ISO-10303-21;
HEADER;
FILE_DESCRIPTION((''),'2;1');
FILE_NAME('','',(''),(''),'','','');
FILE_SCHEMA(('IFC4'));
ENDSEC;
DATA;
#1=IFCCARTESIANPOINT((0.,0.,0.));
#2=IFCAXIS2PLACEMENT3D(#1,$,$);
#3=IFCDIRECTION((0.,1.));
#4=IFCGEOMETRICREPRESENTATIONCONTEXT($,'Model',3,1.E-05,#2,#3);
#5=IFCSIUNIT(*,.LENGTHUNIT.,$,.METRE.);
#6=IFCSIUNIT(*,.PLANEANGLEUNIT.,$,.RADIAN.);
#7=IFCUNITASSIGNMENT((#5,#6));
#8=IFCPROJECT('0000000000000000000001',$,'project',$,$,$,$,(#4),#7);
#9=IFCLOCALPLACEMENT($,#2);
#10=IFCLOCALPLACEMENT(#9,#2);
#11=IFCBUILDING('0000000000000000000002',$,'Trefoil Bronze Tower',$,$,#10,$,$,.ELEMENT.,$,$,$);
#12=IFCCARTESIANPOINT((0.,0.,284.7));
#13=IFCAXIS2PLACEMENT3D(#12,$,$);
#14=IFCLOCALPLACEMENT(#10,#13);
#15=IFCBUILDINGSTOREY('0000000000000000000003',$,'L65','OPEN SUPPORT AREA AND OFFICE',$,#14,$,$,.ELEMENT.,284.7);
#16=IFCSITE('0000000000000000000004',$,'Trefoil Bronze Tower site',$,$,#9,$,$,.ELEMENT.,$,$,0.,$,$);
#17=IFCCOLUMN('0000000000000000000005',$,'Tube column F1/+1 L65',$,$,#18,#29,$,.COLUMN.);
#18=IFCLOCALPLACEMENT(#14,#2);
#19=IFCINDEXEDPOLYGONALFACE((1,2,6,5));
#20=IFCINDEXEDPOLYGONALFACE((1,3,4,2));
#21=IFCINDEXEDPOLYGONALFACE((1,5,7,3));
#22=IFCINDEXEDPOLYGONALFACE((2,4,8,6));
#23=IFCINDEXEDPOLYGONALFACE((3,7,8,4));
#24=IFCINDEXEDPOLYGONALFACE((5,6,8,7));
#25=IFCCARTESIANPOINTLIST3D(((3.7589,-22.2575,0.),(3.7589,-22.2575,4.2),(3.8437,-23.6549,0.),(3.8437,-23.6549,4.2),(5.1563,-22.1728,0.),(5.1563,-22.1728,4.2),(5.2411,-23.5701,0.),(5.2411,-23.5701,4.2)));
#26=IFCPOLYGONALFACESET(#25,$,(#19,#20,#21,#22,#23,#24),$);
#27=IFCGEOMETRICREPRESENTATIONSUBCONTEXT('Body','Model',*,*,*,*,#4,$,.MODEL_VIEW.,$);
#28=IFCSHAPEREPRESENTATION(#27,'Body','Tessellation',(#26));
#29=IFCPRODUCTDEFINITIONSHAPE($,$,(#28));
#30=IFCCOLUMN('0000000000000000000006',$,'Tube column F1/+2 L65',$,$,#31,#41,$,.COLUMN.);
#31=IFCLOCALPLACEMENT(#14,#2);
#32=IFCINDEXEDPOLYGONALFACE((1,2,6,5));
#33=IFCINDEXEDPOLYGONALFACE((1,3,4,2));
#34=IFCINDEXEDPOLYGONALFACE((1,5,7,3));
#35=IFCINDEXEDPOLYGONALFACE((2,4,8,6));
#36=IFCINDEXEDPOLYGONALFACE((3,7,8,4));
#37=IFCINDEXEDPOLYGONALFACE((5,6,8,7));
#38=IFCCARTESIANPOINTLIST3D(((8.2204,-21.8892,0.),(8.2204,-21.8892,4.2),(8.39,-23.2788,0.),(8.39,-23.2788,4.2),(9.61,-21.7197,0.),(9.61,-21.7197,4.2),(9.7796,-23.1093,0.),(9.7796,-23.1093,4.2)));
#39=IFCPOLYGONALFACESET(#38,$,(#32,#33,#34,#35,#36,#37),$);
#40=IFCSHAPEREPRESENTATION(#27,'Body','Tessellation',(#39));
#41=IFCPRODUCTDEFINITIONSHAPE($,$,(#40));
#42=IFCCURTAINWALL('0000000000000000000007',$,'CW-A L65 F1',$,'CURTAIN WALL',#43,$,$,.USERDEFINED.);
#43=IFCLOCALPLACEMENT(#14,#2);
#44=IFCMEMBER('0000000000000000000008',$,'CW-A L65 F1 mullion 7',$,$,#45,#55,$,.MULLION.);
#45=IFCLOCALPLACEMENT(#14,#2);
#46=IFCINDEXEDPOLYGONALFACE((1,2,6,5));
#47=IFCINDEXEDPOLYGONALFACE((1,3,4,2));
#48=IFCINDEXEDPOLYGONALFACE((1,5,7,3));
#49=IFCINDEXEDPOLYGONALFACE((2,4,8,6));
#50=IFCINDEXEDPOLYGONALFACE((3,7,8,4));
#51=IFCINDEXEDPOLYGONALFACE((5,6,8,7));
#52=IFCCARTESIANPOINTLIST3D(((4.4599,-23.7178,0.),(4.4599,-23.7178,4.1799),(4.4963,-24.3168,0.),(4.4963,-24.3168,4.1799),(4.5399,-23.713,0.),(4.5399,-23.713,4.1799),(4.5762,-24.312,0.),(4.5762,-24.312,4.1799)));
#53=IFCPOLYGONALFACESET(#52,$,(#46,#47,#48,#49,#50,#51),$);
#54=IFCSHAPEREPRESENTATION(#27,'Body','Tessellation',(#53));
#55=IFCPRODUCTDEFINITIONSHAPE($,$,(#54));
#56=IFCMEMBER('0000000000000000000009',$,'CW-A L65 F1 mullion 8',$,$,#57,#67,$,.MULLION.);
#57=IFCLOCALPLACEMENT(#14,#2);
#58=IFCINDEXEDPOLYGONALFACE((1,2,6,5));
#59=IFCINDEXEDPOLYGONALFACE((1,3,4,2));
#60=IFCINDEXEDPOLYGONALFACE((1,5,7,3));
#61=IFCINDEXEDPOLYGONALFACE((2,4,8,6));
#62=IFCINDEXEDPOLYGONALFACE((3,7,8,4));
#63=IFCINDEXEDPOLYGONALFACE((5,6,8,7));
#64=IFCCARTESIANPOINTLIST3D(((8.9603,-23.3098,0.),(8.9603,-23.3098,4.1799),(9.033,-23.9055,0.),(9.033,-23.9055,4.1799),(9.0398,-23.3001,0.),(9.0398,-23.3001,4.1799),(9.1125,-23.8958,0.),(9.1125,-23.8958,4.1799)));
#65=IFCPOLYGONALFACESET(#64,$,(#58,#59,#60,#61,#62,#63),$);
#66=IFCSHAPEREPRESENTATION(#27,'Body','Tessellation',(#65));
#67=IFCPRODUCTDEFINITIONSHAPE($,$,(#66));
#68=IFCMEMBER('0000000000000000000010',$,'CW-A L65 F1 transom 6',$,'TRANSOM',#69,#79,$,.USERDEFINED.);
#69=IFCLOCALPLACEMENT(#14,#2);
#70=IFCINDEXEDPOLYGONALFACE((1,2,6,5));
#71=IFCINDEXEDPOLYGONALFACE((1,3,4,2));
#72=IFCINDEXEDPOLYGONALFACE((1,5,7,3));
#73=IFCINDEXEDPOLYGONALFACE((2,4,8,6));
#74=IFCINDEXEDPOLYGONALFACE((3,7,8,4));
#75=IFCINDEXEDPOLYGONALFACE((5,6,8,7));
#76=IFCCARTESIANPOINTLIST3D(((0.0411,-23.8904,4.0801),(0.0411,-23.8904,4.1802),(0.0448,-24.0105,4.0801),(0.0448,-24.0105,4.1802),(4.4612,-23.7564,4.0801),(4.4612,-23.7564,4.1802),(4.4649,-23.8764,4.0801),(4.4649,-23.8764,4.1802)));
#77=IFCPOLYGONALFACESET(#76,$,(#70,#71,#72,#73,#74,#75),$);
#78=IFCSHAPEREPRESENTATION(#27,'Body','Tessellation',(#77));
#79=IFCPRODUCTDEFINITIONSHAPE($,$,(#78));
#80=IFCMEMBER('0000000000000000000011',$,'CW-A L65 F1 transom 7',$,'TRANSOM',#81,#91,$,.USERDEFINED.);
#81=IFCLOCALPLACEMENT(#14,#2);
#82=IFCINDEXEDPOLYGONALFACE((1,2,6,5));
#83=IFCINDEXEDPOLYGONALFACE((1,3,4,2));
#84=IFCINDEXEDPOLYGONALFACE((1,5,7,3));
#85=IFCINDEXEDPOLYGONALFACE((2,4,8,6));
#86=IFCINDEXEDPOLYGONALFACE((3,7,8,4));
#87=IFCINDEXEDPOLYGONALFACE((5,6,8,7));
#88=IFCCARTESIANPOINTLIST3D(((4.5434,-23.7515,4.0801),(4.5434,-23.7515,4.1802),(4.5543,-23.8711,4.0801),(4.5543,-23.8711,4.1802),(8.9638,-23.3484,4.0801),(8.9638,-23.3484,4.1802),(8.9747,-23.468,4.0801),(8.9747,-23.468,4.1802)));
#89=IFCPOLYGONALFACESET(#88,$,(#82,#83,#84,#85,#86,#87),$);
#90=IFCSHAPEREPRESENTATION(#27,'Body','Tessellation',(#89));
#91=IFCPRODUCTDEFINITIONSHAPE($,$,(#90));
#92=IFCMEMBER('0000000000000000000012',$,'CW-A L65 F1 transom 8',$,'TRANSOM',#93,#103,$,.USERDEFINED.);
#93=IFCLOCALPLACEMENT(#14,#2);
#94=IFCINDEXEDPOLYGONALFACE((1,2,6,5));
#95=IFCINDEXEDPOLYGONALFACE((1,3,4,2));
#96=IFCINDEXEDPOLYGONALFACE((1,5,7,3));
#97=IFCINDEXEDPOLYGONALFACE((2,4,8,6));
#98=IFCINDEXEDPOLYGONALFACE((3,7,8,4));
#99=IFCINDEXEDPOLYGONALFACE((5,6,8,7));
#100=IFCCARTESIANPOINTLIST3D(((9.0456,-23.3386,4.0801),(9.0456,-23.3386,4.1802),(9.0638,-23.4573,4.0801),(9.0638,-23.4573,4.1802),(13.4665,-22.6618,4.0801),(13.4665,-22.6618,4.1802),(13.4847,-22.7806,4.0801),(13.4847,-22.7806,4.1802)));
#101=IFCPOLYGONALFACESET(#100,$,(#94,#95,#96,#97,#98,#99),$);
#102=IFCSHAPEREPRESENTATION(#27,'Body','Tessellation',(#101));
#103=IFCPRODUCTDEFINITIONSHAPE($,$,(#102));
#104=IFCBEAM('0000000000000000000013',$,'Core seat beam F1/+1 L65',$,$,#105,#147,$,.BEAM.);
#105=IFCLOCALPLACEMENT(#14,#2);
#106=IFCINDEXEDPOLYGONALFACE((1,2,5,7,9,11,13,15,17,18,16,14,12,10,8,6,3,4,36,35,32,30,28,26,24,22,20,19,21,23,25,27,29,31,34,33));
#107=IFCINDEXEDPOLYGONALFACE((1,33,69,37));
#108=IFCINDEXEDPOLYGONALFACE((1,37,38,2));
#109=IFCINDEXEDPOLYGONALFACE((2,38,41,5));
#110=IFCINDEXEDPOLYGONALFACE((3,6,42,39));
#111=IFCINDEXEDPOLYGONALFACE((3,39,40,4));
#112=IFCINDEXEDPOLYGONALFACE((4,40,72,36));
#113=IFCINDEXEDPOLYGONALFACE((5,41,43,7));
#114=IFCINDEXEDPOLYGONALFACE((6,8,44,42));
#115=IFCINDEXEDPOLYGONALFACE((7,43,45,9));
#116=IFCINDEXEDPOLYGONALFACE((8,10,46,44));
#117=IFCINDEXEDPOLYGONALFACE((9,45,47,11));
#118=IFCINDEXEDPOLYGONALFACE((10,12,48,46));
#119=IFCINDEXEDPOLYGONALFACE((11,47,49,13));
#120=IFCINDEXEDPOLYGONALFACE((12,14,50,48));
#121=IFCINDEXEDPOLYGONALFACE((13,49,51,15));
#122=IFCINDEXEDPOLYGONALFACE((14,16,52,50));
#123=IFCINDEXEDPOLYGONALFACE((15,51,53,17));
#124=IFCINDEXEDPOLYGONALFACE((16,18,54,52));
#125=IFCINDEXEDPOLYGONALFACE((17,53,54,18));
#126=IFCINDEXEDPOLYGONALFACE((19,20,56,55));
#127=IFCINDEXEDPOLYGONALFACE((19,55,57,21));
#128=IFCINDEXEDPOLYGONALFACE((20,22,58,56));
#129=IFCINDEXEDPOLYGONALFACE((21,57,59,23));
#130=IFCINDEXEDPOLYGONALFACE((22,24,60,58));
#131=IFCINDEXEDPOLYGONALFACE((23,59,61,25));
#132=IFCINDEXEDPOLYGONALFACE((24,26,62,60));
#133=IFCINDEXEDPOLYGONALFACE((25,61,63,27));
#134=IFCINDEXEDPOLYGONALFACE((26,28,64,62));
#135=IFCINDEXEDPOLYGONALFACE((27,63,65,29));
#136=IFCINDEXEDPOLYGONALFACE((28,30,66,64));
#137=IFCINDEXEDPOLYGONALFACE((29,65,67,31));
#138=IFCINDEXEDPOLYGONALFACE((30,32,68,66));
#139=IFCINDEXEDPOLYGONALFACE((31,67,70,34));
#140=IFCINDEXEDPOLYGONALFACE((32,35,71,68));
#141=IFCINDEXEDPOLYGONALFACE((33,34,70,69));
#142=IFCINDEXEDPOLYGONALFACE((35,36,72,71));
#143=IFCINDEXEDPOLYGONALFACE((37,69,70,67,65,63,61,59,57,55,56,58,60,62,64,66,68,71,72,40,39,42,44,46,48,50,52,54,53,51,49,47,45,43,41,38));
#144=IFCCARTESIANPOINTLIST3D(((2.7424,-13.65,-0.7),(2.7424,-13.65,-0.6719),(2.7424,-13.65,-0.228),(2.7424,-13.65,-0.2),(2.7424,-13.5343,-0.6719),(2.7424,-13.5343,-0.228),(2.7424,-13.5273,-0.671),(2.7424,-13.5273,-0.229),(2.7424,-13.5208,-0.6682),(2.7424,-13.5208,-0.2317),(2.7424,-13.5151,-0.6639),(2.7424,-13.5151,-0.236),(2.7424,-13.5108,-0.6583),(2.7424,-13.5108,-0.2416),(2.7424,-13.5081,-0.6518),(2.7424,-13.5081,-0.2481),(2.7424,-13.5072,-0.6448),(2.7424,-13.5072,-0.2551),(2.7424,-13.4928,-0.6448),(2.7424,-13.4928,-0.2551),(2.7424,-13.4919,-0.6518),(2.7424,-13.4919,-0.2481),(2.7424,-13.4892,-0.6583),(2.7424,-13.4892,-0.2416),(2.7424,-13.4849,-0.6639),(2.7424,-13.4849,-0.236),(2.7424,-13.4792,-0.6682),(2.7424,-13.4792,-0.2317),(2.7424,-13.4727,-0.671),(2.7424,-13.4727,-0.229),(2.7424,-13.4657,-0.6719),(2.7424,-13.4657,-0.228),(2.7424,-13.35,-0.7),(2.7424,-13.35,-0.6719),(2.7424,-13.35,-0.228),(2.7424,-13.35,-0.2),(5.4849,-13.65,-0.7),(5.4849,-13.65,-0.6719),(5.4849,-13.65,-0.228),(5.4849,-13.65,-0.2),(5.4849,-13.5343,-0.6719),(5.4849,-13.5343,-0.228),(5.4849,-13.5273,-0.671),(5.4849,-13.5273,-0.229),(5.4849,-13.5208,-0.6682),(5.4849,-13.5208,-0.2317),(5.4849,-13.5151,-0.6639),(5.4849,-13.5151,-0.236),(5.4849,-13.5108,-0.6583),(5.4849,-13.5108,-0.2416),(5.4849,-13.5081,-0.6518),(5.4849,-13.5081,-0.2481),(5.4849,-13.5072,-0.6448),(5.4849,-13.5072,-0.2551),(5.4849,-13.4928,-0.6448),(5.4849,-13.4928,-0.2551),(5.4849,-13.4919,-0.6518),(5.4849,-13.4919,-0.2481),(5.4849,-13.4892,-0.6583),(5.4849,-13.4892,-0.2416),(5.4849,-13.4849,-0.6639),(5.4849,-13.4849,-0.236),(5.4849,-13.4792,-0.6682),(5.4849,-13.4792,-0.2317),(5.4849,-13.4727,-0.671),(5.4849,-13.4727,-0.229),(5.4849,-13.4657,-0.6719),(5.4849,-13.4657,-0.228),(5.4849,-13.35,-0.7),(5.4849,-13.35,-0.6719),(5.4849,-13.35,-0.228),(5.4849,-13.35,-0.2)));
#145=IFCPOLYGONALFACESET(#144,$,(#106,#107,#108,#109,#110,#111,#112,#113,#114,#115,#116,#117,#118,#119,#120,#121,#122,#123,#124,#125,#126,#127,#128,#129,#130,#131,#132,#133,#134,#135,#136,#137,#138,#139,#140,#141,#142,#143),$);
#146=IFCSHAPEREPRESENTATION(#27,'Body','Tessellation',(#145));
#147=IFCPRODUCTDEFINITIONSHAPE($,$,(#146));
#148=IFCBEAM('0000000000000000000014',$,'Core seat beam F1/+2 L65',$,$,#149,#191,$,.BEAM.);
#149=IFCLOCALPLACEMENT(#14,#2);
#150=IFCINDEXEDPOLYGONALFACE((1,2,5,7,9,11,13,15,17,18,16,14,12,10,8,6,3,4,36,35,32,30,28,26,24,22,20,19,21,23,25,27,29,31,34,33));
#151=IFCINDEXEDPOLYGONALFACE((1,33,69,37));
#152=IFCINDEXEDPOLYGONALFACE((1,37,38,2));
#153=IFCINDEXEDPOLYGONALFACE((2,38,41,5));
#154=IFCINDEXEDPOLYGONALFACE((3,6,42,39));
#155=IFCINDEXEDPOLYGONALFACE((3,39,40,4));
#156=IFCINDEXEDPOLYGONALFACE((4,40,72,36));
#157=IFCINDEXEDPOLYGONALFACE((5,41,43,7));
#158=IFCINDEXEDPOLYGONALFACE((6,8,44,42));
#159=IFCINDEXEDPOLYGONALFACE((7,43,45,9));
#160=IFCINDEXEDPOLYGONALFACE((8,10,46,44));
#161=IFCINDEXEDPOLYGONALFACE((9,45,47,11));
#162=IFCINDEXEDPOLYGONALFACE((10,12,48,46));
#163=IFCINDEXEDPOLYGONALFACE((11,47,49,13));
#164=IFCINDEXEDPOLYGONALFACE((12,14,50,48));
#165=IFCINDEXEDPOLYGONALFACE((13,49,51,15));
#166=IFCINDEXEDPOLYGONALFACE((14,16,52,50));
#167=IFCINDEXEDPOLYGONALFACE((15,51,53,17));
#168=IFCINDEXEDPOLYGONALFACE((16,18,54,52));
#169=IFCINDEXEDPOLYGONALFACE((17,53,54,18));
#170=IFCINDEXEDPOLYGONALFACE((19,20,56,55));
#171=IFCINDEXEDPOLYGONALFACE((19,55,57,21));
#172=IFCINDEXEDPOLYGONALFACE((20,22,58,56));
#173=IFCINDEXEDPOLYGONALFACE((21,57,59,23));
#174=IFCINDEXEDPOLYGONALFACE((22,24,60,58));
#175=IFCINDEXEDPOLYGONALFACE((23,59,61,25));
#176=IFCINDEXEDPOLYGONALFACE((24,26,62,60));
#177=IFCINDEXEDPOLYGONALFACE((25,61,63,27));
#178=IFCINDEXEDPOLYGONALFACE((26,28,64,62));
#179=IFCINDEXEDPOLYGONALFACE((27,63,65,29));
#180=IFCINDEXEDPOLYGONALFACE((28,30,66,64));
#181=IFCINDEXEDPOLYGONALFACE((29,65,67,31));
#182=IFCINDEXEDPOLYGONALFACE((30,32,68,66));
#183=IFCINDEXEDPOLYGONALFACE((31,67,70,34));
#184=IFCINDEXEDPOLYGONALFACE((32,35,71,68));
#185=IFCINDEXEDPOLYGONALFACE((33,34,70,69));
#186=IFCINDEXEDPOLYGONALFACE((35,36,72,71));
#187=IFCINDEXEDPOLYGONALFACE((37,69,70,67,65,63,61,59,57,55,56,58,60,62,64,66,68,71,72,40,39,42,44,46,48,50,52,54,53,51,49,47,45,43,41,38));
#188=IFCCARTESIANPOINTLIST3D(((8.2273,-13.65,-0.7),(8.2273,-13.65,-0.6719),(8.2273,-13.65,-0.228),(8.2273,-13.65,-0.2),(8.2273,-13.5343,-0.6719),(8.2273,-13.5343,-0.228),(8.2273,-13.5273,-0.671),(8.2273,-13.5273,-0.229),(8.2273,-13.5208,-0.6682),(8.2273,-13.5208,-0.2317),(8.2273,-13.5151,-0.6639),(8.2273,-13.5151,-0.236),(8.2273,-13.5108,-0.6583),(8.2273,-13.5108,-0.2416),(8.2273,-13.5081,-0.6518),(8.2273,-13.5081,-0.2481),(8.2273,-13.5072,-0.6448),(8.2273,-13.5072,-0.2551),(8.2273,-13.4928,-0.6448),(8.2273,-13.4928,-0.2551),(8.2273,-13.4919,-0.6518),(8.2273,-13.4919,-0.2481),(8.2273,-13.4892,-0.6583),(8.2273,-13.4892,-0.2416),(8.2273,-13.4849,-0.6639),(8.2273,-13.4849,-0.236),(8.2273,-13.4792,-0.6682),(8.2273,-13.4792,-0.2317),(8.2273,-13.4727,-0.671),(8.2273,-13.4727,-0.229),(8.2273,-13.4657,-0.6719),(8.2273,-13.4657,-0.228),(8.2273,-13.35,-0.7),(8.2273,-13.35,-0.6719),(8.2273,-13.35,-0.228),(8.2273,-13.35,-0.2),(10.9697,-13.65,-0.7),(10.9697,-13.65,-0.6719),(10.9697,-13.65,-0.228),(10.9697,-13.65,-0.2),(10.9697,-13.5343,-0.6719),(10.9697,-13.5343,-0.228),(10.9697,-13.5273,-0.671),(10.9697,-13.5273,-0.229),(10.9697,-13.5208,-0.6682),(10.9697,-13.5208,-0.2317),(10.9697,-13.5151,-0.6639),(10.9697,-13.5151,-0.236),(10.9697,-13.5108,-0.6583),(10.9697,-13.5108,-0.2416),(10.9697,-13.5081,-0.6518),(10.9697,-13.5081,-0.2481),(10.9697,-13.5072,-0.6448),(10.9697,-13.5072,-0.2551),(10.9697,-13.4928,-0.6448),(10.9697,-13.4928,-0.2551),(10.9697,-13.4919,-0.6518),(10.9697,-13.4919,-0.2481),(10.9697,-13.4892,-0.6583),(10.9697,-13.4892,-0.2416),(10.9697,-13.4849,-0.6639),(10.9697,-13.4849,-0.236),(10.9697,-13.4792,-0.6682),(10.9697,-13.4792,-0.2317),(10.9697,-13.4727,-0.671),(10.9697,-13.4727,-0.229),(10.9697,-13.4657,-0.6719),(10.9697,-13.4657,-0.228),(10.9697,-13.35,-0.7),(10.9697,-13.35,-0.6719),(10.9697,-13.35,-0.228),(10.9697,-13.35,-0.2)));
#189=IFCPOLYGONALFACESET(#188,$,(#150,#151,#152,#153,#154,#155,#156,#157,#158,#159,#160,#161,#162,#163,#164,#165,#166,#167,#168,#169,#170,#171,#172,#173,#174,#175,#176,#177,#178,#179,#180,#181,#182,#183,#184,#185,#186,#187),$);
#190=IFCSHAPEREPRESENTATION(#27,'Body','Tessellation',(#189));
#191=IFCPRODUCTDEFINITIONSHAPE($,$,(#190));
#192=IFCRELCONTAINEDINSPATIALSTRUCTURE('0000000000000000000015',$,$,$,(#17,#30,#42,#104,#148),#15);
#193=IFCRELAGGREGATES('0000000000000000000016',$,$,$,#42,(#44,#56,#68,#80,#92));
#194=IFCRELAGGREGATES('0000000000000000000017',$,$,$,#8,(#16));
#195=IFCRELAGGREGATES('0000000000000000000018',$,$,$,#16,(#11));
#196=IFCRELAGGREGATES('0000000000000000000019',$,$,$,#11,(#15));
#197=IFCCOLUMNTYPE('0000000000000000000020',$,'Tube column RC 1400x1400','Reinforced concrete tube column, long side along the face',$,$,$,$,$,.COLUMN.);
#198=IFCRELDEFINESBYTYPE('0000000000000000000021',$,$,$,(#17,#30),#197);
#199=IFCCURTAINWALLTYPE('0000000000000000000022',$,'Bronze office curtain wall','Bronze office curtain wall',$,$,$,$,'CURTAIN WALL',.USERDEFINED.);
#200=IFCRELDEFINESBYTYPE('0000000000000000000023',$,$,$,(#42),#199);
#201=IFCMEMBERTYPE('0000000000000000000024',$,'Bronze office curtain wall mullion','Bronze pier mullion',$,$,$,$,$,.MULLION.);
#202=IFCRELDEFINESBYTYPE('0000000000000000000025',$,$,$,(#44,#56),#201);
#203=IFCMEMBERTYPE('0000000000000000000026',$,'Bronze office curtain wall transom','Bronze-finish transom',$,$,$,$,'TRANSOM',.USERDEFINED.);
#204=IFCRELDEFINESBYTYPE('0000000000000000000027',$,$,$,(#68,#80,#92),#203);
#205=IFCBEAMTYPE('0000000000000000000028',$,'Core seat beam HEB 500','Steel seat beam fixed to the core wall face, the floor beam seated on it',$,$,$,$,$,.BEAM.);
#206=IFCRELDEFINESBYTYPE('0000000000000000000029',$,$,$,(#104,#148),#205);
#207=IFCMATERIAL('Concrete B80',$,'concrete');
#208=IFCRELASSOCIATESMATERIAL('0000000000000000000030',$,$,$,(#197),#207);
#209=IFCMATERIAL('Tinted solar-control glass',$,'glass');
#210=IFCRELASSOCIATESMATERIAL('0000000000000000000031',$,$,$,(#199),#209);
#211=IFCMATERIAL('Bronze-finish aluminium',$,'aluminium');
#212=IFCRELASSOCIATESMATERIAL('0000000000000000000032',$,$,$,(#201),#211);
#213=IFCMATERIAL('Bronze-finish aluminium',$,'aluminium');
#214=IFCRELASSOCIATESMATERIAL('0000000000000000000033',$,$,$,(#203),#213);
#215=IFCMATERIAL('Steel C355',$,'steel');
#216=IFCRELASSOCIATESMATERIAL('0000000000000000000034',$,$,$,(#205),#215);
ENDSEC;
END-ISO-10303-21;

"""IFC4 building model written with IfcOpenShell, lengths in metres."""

from ifc_helpers import new_model, si_unit, direction, frame, origin, origin_2d, place, context, subcontext, project, spatial, rectangle, i_section, extrude, material, material_profile, profile_set, type_object, element, aggregate, save


model = new_model("IFC4")

# Units and contexts
model_context = context("Model", 3, precision=1e-05, world=origin(), true_north=direction((0.0, 1.0)))
body_context = subcontext(model_context, "Body", "Model", "MODEL_VIEW")
ifc_project = project(units=[si_unit("LENGTHUNIT", "METRE"), si_unit("PLANEANGLEUNIT", "RADIAN")], contexts=[model_context])

# Site, building, storey
site_placement = place(None, origin())
site = spatial("IfcSite", under=ifc_project, at=site_placement, Name="Trefoil Bronze Tower site", CompositionType="ELEMENT", RefElevation=0.0)
building_placement = place(site_placement, origin())
building = spatial("IfcBuilding", under=site, at=building_placement, Name="Trefoil Bronze Tower", CompositionType="ELEMENT")
storey_placement = place(building_placement, frame((0.0, 0.0, 284.7)))
storey = spatial("IfcBuildingStorey", under=building, at=storey_placement, Name="L65", Description="OPEN SUPPORT AREA AND OFFICE", CompositionType="ELEMENT", Elevation=284.7)

# Columns
ifc_material_1 = material(Name="Concrete B80", Category="concrete")
ifc_material_profile_1 = material_profile(ifc_material_1, rectangle(XDim=1.3999, YDim=1.3999, at=origin_2d()), Name="RC 1400x1400")
ifc_profile_set_1 = profile_set([ifc_material_profile_1], Name="Concrete B80")
column_type = type_object("IfcColumnType", Name="Tube column RC 1400x1400", Description="Reinforced concrete tube column, long side along the face", PredefinedType="COLUMN", material=ifc_profile_set_1)
for number, where, z_axis, x_axis, name in (
    (1, (4.5, -22.9138, 0.0), (0.0, 0.0, 1.0), (0.998165, 0.060554, 0.0), "Tube column F1/+1 L65"),
    (2, (9.0, -22.4993, 0.0), (0.0, 0.0, 1.0), (0.992639, 0.121109, 0.0), "Tube column F1/+2 L65"),
):
    element("IfcColumn", number, at=place(storey_placement, frame(where, z_axis=z_axis, x_axis=x_axis)), inside=storey, type_object=column_type, Name=name, PredefinedType="COLUMN", context=body_context, shape_type="SweptSolid", body=[
        extrude(rectangle(XDim=1.3999, YDim=1.3999, at=origin_2d()), origin(), (0.0, 0.0, 1.0), 4.2),
    ])

# Curtain wall, members
ifc_material_2 = material(Name="Tinted solar-control glass", Category="glass")
curtain_wall_type = type_object("IfcCurtainWallType", Name="Bronze office curtain wall", Description="Bronze office curtain wall", ElementType="CURTAIN WALL", PredefinedType="USERDEFINED", material=ifc_material_2)
curtain_wall_placement = place(storey_placement, origin())
curtain_wall = element("IfcCurtainWall", 3, at=curtain_wall_placement, inside=storey, type_object=curtain_wall_type, Name="CW-A L65 F1", ObjectType="CURTAIN WALL", PredefinedType="USERDEFINED")
ifc_material_3 = material(Name="Bronze-finish aluminium", Category="aluminium")
ifc_material_profile_2 = material_profile(ifc_material_3, rectangle(XDim=0.6001, YDim=0.0801, at=origin_2d()), Name="CW-A mullion")
ifc_profile_set_2 = profile_set([ifc_material_profile_2], Name="Bronze-finish aluminium")
member_type_1 = type_object("IfcMemberType", Name="Bronze office curtain wall mullion", Description="Bronze pier mullion", PredefinedType="MULLION", material=ifc_profile_set_2)
member_1_placement = place(storey_placement, frame((4.5181, -24.0149, 0.0), z_axis=(0.0, 0.0, 1.0), x_axis=(-0.060554, 0.998165, 0.0)))
member_1 = element("IfcMember", 4, at=member_1_placement, type_object=member_type_1, Name="CW-A L65 F1 mullion 7", PredefinedType="MULLION", context=body_context, shape_type="SweptSolid", body=[
    extrude(rectangle(XDim=0.6001, YDim=0.0801, at=origin_2d()), origin(), (0.0, 0.0, 1.0), 4.1799),
])
member_2_placement = place(storey_placement, frame((9.0364, -23.6028, 0.0), z_axis=(0.0, 0.0, 1.0), x_axis=(-0.121109, 0.992639, 0.0)))
member_2 = element("IfcMember", 5, at=member_2_placement, type_object=member_type_1, Name="CW-A L65 F1 mullion 8", PredefinedType="MULLION", context=body_context, shape_type="SweptSolid", body=[
    extrude(rectangle(XDim=0.6001, YDim=0.0801, at=origin_2d()), origin(), (0.0, 0.0, 1.0), 4.1799),
])
ifc_material_4 = material(Name="Bronze-finish aluminium", Category="aluminium")
ifc_material_profile_3 = material_profile(ifc_material_4, rectangle(XDim=0.1201, YDim=0.1001, at=origin_2d()), Name="CW-A transom")
ifc_profile_set_3 = profile_set([ifc_material_profile_3], Name="Bronze-finish aluminium")
member_type_2 = type_object("IfcMemberType", Name="Bronze office curtain wall transom", Description="Bronze-finish transom", ElementType="TRANSOM", PredefinedType="USERDEFINED", material=ifc_profile_set_3)
member_3_placement = place(storey_placement, frame((0.043, -23.9504, 4.1301), z_axis=(0.999541, 0.030309, 0.0), x_axis=(-0.030309, 0.999541, 0.0)))
member_3 = element("IfcMember", 6, at=member_3_placement, type_object=member_type_2, Name="CW-A L65 F1 transom 6", ObjectType="TRANSOM", PredefinedType="USERDEFINED", context=body_context, shape_type="SweptSolid", body=[
    extrude(rectangle(XDim=0.1201, YDim=0.1001, at=origin_2d()), origin(), (0.0, 0.0, 1.0), 4.4221),
])
member_4_placement = place(storey_placement, frame((4.5488, -23.8113, 4.1301), z_axis=(0.995868, 0.090808, 0.0), x_axis=(-0.090808, 0.995868, 0.0)))
member_4 = element("IfcMember", 7, at=member_4_placement, type_object=member_type_2, Name="CW-A L65 F1 transom 7", ObjectType="TRANSOM", PredefinedType="USERDEFINED", context=body_context, shape_type="SweptSolid", body=[
    extrude(rectangle(XDim=0.1201, YDim=0.1001, at=origin_2d()), origin(), (0.0, 0.0, 1.0), 4.4387),
])
member_5_placement = place(storey_placement, frame((9.0547, -23.3979, 4.1301), z_axis=(0.988485, 0.151319, 0.0), x_axis=(-0.151319, 0.988485, 0.0)))
member_5 = element("IfcMember", 8, at=member_5_placement, type_object=member_type_2, Name="CW-A L65 F1 transom 8", ObjectType="TRANSOM", PredefinedType="USERDEFINED", context=body_context, shape_type="SweptSolid", body=[
    extrude(rectangle(XDim=0.1201, YDim=0.1001, at=origin_2d()), origin(), (0.0, 0.0, 1.0), 4.4724),
])

# Beams
ifc_material_5 = material(Name="Steel C355", Category="steel")
ifc_material_profile_4 = material_profile(ifc_material_5, i_section(OverallWidth=0.3, OverallDepth=0.5, WebThickness=0.0144, FlangeThickness=0.0281, FilletRadius=0.0271, at=origin_2d()), Name="HEB 500")
ifc_profile_set_4 = profile_set([ifc_material_profile_4], Name="Steel C355")
beam_type_1 = type_object("IfcBeamType", Name="Core seat beam HEB 500", Description="Steel seat beam fixed to the core wall face, the floor beam seated on it", PredefinedType="BEAM", material=ifc_profile_set_4)
for number, where, z_axis, x_axis, name in (
    (9, (2.7424, -13.5, -0.45), (1.0, 0.0, 0.0), (0.0, 1.0, 0.0), "Core seat beam F1/+1 L65"),
    (10, (8.2273, -13.5, -0.45), (1.0, 0.0, 0.0), (0.0, 1.0, 0.0), "Core seat beam F1/+2 L65"),
):
    element("IfcBeam", number, at=place(storey_placement, frame(where, z_axis=z_axis, x_axis=x_axis)), inside=storey, type_object=beam_type_1, Name=name, PredefinedType="BEAM", context=body_context, shape_type="SweptSolid", body=[
        extrude(i_section(OverallWidth=0.3, OverallDepth=0.5, WebThickness=0.0144, FlangeThickness=0.0281, FilletRadius=0.0271, at=origin_2d()), origin(), (0.0, 0.0, 1.0), 2.7424),
    ])

aggregate(curtain_wall, [member_1, member_2, member_3, member_4, member_5])

save(model, "model.ifc")
